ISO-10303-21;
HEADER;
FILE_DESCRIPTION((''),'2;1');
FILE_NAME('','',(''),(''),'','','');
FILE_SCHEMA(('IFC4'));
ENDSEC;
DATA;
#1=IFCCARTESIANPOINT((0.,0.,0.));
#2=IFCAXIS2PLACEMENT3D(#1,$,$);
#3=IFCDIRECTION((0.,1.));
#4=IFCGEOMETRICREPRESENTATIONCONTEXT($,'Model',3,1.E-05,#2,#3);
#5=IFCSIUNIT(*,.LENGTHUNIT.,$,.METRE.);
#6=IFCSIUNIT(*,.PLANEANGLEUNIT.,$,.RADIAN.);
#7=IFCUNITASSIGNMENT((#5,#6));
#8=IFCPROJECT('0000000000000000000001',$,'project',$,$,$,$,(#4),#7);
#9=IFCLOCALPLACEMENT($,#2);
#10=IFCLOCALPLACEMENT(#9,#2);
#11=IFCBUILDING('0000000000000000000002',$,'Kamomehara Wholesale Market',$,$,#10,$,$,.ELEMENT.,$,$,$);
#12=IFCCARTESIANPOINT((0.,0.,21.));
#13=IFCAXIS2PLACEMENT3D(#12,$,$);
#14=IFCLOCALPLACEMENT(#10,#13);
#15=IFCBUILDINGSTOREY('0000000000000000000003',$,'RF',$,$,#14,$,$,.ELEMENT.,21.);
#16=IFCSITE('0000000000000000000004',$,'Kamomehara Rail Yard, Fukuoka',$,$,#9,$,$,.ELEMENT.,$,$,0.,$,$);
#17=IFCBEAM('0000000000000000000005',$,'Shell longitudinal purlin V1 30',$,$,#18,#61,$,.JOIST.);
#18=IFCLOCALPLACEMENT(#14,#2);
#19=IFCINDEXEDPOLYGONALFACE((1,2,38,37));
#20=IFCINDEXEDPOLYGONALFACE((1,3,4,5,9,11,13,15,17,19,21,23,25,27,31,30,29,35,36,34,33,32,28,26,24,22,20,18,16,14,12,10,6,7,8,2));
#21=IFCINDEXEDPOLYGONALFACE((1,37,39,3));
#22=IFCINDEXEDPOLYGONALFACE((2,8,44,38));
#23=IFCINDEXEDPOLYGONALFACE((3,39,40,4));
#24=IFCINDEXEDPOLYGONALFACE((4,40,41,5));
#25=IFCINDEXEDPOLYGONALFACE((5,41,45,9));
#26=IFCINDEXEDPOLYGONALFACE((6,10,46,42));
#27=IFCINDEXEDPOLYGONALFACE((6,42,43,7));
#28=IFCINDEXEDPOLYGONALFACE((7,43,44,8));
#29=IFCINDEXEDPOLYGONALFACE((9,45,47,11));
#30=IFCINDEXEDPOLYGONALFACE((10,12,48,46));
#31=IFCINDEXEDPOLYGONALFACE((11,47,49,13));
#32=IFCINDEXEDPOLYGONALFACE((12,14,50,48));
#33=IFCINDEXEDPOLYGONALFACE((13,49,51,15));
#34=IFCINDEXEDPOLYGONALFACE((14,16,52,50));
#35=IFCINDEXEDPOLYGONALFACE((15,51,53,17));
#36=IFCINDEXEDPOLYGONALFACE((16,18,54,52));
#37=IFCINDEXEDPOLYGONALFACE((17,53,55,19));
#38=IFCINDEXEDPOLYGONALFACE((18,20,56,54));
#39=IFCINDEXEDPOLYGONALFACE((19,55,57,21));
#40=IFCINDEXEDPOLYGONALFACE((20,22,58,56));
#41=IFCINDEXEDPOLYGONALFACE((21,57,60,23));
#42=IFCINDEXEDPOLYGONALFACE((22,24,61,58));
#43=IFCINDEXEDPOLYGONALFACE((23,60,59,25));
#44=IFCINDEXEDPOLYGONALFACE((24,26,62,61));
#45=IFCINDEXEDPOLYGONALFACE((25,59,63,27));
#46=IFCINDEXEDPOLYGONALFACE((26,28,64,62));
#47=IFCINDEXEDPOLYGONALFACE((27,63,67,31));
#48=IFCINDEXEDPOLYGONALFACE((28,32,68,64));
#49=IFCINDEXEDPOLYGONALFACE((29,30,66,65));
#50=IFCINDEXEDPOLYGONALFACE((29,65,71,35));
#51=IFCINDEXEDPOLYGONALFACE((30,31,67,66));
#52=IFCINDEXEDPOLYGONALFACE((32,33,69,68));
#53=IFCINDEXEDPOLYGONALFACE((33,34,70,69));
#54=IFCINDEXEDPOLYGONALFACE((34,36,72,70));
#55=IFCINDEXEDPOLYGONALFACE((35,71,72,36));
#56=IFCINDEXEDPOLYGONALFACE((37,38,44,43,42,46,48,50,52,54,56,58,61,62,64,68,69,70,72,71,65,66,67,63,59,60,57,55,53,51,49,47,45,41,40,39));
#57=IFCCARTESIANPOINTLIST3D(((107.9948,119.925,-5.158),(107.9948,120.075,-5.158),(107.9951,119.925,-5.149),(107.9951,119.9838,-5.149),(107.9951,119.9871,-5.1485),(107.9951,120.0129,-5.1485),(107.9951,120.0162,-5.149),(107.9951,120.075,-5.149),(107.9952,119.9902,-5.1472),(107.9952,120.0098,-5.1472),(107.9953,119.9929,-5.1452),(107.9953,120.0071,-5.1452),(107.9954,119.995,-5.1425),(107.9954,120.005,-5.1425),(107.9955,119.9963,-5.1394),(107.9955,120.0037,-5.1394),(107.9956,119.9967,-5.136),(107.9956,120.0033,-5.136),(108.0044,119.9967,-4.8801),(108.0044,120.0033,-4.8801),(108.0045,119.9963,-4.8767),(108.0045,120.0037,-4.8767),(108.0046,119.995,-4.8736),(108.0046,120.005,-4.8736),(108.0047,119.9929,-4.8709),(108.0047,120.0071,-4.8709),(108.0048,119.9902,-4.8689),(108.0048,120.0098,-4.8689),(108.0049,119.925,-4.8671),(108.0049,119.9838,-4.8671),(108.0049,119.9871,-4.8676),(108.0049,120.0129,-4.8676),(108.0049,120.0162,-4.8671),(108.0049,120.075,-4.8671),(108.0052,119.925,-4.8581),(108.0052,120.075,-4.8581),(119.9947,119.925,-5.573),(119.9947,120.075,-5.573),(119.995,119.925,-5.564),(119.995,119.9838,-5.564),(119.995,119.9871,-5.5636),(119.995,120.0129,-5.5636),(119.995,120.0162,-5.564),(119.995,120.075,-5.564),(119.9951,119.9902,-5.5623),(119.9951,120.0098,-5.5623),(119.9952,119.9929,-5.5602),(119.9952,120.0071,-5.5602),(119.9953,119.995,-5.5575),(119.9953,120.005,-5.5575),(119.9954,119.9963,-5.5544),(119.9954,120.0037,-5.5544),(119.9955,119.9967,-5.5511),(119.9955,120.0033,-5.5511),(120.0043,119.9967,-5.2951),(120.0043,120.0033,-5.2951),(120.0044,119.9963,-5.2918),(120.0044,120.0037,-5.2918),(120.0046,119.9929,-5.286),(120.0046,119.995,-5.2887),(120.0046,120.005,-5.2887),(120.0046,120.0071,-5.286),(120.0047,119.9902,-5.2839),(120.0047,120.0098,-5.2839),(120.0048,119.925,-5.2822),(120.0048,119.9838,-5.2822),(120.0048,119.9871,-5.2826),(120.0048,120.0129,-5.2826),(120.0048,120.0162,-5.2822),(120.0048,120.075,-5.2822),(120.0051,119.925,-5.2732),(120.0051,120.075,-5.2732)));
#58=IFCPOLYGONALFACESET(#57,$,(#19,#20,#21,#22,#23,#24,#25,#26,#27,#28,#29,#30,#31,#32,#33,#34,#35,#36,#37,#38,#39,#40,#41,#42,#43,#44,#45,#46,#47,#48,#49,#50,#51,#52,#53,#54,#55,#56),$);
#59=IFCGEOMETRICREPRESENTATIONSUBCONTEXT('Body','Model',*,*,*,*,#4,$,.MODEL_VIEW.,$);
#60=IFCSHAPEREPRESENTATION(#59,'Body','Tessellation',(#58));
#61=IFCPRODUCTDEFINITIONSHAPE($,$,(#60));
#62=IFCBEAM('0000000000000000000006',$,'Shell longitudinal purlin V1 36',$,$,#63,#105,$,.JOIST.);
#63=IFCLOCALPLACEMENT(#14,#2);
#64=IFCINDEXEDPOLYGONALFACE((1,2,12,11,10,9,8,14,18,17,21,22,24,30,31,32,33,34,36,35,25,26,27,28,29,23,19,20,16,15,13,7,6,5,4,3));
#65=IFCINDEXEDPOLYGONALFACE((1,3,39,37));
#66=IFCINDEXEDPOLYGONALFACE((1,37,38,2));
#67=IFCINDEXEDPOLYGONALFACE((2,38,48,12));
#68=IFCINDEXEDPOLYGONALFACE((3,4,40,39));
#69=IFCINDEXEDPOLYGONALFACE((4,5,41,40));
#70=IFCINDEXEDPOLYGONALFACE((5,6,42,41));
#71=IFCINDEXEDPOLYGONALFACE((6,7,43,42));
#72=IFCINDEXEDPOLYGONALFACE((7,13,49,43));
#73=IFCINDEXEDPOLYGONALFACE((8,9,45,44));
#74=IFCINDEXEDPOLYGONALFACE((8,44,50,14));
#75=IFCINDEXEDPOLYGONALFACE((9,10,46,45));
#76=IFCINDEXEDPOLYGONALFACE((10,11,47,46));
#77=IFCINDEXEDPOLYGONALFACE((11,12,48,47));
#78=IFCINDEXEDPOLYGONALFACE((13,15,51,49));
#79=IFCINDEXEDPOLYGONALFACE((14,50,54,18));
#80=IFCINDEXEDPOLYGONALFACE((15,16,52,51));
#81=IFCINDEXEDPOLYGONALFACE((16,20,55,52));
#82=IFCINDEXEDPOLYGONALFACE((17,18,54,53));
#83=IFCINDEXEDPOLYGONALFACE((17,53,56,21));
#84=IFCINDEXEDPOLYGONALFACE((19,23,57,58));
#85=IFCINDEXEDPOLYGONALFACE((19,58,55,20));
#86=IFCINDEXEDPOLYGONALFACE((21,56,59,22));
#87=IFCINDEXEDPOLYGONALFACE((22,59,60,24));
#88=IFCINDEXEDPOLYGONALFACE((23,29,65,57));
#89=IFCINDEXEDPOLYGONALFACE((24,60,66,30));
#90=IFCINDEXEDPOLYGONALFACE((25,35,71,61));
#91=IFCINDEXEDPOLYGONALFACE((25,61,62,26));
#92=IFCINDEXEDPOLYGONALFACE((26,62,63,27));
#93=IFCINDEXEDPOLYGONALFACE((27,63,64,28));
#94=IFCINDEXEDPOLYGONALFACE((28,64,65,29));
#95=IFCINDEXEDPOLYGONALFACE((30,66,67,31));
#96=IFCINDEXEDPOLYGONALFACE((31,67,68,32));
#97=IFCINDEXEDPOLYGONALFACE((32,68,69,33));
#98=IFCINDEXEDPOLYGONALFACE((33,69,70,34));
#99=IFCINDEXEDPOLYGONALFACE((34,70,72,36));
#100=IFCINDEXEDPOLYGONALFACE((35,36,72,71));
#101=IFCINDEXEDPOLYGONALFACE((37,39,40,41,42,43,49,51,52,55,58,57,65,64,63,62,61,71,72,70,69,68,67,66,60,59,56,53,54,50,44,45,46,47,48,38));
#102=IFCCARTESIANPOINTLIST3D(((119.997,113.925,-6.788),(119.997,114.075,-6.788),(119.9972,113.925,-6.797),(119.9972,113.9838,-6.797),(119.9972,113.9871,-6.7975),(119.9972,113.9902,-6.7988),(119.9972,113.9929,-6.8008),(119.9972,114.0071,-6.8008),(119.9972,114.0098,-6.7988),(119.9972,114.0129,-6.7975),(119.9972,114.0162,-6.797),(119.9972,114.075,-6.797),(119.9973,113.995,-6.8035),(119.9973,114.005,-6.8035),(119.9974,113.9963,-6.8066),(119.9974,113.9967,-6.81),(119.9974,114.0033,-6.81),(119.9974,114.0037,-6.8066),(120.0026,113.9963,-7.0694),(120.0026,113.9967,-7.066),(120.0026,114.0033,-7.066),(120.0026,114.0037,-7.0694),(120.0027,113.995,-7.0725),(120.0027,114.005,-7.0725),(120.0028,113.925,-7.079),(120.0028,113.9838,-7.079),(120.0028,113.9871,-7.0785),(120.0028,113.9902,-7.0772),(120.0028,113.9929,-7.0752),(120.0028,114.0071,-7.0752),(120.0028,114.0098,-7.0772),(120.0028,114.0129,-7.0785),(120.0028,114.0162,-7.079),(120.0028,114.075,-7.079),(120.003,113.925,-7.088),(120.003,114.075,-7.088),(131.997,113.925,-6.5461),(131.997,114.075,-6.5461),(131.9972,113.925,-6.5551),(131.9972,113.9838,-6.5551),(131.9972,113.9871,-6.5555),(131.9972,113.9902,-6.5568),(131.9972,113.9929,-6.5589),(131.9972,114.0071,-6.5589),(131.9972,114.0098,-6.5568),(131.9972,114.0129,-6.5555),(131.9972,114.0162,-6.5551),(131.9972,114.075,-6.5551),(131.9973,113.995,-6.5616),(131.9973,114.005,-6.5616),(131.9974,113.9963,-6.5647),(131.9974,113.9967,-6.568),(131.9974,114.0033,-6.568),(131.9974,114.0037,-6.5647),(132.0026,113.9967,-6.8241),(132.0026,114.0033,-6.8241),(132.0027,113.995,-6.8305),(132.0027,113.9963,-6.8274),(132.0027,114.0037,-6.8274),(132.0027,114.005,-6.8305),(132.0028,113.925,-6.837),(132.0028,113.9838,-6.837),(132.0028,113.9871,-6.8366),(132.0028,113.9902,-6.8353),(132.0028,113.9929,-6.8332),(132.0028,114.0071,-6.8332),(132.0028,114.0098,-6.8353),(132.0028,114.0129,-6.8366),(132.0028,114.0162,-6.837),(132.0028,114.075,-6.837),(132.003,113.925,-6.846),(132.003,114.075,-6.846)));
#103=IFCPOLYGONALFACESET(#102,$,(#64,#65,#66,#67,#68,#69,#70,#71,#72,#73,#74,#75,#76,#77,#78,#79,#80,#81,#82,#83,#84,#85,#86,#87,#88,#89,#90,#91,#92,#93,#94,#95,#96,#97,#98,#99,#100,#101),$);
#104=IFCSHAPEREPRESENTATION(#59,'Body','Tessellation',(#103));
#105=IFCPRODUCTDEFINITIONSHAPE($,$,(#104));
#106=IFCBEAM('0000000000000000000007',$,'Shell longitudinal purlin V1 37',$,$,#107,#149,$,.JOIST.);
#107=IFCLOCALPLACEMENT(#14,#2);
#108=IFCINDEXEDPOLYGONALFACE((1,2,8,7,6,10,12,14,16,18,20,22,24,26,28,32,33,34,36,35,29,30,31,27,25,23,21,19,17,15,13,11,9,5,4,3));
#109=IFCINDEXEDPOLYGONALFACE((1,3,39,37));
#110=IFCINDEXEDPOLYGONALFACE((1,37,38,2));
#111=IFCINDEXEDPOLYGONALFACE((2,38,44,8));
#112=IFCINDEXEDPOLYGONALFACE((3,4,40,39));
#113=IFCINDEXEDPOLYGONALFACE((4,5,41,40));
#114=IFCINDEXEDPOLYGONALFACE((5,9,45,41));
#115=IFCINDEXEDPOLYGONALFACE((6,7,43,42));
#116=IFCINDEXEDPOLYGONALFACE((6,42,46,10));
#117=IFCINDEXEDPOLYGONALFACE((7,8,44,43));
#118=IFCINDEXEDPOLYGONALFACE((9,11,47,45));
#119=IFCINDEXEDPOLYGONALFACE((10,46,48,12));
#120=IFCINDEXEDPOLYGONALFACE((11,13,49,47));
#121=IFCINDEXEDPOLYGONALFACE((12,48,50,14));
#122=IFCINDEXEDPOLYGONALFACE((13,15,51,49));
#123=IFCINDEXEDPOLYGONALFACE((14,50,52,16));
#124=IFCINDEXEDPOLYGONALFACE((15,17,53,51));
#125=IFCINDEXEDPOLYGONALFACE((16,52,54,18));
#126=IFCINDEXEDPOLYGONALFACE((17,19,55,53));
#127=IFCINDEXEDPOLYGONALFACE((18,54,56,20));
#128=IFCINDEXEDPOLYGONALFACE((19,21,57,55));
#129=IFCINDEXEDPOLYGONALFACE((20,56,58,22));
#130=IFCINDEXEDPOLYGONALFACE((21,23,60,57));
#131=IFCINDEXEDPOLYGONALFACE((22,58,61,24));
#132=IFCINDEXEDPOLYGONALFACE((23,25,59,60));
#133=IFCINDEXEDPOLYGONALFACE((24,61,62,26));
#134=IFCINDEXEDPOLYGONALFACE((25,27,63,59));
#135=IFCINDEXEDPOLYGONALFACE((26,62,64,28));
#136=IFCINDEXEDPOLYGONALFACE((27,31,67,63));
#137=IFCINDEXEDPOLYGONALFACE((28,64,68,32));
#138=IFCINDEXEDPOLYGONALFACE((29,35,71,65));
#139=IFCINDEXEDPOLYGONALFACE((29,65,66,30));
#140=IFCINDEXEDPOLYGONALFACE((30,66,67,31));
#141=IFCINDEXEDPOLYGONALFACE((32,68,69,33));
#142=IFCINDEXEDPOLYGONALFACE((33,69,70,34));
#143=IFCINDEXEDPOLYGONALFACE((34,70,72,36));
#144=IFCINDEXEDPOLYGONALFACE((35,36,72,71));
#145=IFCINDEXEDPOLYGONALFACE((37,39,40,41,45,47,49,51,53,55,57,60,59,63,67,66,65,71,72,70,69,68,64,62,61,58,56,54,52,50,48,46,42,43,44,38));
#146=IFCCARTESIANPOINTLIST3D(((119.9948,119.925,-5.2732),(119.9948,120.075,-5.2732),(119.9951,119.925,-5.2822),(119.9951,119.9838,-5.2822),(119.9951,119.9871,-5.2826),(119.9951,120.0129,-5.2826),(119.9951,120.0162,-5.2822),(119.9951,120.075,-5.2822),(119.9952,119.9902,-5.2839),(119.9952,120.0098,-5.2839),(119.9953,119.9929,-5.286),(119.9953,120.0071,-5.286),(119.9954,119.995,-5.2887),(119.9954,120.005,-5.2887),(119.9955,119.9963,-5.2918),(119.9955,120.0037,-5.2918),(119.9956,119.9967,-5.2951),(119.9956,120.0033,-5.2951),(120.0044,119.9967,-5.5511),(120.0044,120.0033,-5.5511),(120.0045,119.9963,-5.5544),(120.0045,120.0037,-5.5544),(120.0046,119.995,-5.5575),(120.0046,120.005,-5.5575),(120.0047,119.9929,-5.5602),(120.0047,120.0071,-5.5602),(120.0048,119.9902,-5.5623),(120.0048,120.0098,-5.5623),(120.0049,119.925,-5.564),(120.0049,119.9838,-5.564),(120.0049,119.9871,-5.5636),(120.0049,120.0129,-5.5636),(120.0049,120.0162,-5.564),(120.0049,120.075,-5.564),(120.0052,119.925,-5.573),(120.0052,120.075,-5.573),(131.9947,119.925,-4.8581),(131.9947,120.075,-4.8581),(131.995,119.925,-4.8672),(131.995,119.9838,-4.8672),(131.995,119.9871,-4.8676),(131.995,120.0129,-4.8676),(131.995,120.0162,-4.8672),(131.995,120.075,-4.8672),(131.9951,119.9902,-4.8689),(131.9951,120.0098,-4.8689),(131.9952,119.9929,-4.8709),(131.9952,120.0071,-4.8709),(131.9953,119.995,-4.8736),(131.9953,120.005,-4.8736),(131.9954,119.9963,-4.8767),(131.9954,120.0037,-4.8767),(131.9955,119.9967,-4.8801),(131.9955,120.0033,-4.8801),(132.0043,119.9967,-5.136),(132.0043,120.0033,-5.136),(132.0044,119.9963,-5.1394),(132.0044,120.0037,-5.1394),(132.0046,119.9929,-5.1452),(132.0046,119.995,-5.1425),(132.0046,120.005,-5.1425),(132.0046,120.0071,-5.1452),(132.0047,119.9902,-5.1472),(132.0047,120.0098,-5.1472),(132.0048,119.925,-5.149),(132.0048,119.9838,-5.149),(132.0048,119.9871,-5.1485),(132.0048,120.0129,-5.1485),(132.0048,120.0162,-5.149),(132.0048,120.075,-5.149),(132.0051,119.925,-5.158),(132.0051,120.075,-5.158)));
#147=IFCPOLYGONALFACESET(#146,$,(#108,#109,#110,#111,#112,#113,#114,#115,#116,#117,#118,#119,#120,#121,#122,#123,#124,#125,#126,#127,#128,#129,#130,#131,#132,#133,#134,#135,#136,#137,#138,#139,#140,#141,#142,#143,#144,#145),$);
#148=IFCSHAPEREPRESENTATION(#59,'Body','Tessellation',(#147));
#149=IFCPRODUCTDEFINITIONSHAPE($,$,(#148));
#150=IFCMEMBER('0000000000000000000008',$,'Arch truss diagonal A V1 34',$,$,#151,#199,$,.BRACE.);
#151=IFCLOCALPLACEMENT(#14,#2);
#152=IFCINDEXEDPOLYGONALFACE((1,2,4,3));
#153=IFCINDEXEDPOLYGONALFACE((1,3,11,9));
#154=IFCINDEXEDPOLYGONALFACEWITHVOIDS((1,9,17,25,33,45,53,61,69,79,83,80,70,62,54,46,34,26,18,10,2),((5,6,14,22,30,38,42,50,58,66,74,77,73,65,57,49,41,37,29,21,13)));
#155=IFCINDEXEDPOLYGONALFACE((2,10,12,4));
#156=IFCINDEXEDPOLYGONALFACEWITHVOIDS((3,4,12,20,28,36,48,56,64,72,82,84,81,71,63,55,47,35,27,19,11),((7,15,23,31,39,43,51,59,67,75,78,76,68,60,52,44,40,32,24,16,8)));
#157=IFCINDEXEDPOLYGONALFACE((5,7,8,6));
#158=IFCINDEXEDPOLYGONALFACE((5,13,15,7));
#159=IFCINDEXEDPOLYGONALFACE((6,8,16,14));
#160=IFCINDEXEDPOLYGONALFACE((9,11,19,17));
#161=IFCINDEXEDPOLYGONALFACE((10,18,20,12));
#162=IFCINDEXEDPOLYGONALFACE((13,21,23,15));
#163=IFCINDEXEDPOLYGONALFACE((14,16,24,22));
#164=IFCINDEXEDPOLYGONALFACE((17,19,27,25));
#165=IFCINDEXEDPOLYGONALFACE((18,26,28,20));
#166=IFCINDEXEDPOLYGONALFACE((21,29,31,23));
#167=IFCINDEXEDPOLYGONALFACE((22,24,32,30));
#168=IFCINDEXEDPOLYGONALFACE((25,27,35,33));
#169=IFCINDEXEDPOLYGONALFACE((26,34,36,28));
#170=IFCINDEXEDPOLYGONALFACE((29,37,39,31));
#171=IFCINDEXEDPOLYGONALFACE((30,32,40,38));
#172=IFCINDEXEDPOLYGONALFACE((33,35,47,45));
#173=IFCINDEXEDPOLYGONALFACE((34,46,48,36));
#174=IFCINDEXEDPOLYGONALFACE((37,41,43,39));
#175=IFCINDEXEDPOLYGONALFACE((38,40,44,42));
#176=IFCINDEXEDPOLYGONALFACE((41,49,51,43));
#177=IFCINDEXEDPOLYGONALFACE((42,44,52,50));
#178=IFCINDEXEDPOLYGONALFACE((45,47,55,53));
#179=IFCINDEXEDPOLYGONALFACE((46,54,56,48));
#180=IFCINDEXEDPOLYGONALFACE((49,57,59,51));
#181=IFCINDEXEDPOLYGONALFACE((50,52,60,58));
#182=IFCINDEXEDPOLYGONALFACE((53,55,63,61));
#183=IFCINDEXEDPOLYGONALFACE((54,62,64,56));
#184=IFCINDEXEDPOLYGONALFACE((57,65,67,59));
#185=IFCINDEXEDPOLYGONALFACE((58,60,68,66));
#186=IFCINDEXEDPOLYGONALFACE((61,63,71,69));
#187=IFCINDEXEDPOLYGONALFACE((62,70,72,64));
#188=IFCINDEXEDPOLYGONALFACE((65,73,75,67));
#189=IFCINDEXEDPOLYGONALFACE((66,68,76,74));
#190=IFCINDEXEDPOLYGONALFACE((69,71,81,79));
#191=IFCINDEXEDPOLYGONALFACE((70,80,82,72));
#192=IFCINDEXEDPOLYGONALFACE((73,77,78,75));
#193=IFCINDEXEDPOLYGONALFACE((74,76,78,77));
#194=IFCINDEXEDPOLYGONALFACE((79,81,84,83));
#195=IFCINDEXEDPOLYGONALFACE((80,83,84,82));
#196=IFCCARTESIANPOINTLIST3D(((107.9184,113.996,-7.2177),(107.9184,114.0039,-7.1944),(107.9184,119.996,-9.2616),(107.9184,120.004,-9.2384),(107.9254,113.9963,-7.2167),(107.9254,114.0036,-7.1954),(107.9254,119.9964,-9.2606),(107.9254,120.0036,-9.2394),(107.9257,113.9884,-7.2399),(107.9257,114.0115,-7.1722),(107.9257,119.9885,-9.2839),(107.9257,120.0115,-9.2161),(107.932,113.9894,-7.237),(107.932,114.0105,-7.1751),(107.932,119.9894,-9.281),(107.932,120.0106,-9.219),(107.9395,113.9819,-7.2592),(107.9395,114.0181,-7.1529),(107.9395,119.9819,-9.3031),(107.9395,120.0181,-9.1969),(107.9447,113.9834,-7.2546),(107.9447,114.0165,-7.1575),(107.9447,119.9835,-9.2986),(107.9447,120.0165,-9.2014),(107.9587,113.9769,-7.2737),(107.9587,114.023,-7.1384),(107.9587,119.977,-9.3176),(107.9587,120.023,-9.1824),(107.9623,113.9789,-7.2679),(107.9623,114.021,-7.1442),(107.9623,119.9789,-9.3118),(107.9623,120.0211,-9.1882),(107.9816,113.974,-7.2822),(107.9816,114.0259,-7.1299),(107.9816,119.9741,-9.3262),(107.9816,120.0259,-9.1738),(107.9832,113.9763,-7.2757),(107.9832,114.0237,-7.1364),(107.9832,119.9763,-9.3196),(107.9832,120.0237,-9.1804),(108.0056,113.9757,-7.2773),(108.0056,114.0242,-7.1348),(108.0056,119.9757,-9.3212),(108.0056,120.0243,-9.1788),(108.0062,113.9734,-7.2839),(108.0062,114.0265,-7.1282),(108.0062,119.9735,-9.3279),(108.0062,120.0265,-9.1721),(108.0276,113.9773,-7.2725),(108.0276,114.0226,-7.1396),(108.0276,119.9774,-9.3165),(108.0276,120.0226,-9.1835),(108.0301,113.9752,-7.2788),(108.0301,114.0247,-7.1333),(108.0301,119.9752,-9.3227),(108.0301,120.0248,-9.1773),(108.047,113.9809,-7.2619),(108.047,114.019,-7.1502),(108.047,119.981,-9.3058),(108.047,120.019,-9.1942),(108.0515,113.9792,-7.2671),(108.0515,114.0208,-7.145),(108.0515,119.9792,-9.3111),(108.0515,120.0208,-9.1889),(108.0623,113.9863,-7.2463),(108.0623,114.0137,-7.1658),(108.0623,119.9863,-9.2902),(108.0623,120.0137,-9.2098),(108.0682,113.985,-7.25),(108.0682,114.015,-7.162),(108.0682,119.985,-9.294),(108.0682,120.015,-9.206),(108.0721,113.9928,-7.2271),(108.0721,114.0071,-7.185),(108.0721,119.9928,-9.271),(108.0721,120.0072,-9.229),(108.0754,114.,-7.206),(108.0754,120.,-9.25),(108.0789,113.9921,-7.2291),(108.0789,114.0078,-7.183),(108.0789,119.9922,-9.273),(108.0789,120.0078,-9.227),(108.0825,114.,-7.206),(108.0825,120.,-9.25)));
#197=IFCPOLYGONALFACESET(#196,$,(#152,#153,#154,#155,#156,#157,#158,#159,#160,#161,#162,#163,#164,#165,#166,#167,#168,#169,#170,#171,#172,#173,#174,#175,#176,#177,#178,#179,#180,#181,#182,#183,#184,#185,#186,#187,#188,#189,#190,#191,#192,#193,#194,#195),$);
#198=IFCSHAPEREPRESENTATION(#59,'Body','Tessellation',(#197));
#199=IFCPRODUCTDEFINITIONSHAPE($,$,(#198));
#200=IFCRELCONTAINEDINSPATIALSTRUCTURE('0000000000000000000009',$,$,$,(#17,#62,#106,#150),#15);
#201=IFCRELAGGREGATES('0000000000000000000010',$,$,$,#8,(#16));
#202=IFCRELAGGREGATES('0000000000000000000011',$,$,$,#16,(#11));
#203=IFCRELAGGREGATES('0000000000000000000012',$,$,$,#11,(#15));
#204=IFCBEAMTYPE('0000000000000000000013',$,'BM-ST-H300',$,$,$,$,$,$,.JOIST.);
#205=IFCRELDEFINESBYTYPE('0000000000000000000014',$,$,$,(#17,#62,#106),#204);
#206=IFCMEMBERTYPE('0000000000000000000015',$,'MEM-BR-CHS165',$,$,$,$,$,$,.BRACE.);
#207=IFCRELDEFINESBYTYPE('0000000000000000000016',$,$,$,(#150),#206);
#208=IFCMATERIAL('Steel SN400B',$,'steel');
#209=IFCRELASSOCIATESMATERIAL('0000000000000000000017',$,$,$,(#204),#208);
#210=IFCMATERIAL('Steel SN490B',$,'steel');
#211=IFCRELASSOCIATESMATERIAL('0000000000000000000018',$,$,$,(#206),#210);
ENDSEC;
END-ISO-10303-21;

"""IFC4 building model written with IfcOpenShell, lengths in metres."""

from ifc_helpers import new_model, si_unit, direction, frame, origin, origin_2d, place, context, subcontext, project, spatial, hollow_circle, i_section, extrude, material, material_profile, profile_set, type_object, element, save


model = new_model("IFC4")

# Units and contexts
model_context = context("Model", 3, precision=1e-05, world=origin(), true_north=direction((0.0, 1.0)))
body_context = subcontext(model_context, "Body", "Model", "MODEL_VIEW")
ifc_project = project(units=[si_unit("LENGTHUNIT", "METRE"), si_unit("PLANEANGLEUNIT", "RADIAN")], contexts=[model_context])

# Site, building, storey
site_placement = place(None, origin())
site = spatial("IfcSite", under=ifc_project, at=site_placement, Name="Kamomehara Rail Yard, Fukuoka", CompositionType="ELEMENT", RefElevation=0.0)
building_placement = place(site_placement, origin())
building = spatial("IfcBuilding", under=site, at=building_placement, Name="Kamomehara Wholesale Market", CompositionType="ELEMENT")
storey_placement = place(building_placement, frame((0.0, 0.0, 21.0)))
storey = spatial("IfcBuildingStorey", under=building, at=storey_placement, Name="RF", CompositionType="ELEMENT", Elevation=21.0)

# Beams
ifc_material_1 = material(Name="Steel SN400B", Category="steel")
ifc_material_profile_1 = material_profile(ifc_material_1, i_section(OverallWidth=0.1499, OverallDepth=0.3, WebThickness=0.0066, FlangeThickness=0.009, FilletRadius=0.0129, at=origin_2d()), Name="H-300x150x6.5x9")
ifc_profile_set_1 = profile_set([ifc_material_profile_1], Name="Steel SN400B")
beam_type_1 = type_object("IfcBeamType", Name="BM-ST-H300", PredefinedType="JOIST", material=ifc_profile_set_1)
beam_1_placement = place(storey_placement, frame((108.0, 120.0, -5.0081), z_axis=(0.999402, 0.0, -0.034566), x_axis=(0.0, 1.0, 0.0)))
element("IfcBeam", 1, at=beam_1_placement, inside=storey, type_object=beam_type_1, Name="Shell longitudinal purlin V1 30", PredefinedType="JOIST", context=body_context, shape_type="SweptSolid", body=[
    extrude(i_section(OverallWidth=0.1499, OverallDepth=0.3, WebThickness=0.0066, FlangeThickness=0.009, FilletRadius=0.0129, at=origin_2d()), origin(), (0.0, 0.0, 1.0), 12.0071),
])
beam_2_placement = place(storey_placement, frame((120.0, 114.0, -6.938), z_axis=(0.999797, 0.0, 0.020158), x_axis=(0.0, 1.0, 0.0)))
element("IfcBeam", 2, at=beam_2_placement, inside=storey, type_object=beam_type_1, Name="Shell longitudinal purlin V1 36", PredefinedType="JOIST", context=body_context, shape_type="SweptSolid", body=[
    extrude(i_section(OverallWidth=0.1499, OverallDepth=0.3, WebThickness=0.0066, FlangeThickness=0.009, FilletRadius=0.0129, at=origin_2d()), origin(), (0.0, 0.0, 1.0), 12.0024),
])
beam_3_placement = place(storey_placement, frame((120.0, 120.0, -5.4231), z_axis=(0.999402, 0.0, 0.034566), x_axis=(0.0, 1.0, 0.0)))
element("IfcBeam", 3, at=beam_3_placement, inside=storey, type_object=beam_type_1, Name="Shell longitudinal purlin V1 37", PredefinedType="JOIST", context=body_context, shape_type="SweptSolid", body=[
    extrude(i_section(OverallWidth=0.1499, OverallDepth=0.3, WebThickness=0.0066, FlangeThickness=0.009, FilletRadius=0.0129, at=origin_2d()), origin(), (0.0, 0.0, 1.0), 12.0071),
])

# Member
ifc_material_2 = material(Name="Steel SN490B", Category="steel")
ifc_material_profile_2 = material_profile(ifc_material_2, hollow_circle(Radius=0.0825, WallThickness=0.0071, at=origin_2d()), Name="CHS-165.2x7.1")
ifc_profile_set_2 = profile_set([ifc_material_profile_2], Name="Steel SN490B")
member_type_1 = type_object("IfcMemberType", Name="MEM-BR-CHS165", PredefinedType="BRACE", material=ifc_profile_set_2)
member_1_placement = place(storey_placement, frame((108.0, 120.0, -9.25), z_axis=(0.0, -0.946583, 0.322461), x_axis=(1.0, 0.0, 0.0)))
element("IfcMember", 4, at=member_1_placement, inside=storey, type_object=member_type_1, Name="Arch truss diagonal A V1 34", PredefinedType="BRACE", context=body_context, shape_type="SweptSolid", body=[
    extrude(hollow_circle(Radius=0.0825, WallThickness=0.0071, at=origin_2d()), origin(), (0.0, 0.0, 1.0), 6.3386),
])

save(model, "model.ifc")
